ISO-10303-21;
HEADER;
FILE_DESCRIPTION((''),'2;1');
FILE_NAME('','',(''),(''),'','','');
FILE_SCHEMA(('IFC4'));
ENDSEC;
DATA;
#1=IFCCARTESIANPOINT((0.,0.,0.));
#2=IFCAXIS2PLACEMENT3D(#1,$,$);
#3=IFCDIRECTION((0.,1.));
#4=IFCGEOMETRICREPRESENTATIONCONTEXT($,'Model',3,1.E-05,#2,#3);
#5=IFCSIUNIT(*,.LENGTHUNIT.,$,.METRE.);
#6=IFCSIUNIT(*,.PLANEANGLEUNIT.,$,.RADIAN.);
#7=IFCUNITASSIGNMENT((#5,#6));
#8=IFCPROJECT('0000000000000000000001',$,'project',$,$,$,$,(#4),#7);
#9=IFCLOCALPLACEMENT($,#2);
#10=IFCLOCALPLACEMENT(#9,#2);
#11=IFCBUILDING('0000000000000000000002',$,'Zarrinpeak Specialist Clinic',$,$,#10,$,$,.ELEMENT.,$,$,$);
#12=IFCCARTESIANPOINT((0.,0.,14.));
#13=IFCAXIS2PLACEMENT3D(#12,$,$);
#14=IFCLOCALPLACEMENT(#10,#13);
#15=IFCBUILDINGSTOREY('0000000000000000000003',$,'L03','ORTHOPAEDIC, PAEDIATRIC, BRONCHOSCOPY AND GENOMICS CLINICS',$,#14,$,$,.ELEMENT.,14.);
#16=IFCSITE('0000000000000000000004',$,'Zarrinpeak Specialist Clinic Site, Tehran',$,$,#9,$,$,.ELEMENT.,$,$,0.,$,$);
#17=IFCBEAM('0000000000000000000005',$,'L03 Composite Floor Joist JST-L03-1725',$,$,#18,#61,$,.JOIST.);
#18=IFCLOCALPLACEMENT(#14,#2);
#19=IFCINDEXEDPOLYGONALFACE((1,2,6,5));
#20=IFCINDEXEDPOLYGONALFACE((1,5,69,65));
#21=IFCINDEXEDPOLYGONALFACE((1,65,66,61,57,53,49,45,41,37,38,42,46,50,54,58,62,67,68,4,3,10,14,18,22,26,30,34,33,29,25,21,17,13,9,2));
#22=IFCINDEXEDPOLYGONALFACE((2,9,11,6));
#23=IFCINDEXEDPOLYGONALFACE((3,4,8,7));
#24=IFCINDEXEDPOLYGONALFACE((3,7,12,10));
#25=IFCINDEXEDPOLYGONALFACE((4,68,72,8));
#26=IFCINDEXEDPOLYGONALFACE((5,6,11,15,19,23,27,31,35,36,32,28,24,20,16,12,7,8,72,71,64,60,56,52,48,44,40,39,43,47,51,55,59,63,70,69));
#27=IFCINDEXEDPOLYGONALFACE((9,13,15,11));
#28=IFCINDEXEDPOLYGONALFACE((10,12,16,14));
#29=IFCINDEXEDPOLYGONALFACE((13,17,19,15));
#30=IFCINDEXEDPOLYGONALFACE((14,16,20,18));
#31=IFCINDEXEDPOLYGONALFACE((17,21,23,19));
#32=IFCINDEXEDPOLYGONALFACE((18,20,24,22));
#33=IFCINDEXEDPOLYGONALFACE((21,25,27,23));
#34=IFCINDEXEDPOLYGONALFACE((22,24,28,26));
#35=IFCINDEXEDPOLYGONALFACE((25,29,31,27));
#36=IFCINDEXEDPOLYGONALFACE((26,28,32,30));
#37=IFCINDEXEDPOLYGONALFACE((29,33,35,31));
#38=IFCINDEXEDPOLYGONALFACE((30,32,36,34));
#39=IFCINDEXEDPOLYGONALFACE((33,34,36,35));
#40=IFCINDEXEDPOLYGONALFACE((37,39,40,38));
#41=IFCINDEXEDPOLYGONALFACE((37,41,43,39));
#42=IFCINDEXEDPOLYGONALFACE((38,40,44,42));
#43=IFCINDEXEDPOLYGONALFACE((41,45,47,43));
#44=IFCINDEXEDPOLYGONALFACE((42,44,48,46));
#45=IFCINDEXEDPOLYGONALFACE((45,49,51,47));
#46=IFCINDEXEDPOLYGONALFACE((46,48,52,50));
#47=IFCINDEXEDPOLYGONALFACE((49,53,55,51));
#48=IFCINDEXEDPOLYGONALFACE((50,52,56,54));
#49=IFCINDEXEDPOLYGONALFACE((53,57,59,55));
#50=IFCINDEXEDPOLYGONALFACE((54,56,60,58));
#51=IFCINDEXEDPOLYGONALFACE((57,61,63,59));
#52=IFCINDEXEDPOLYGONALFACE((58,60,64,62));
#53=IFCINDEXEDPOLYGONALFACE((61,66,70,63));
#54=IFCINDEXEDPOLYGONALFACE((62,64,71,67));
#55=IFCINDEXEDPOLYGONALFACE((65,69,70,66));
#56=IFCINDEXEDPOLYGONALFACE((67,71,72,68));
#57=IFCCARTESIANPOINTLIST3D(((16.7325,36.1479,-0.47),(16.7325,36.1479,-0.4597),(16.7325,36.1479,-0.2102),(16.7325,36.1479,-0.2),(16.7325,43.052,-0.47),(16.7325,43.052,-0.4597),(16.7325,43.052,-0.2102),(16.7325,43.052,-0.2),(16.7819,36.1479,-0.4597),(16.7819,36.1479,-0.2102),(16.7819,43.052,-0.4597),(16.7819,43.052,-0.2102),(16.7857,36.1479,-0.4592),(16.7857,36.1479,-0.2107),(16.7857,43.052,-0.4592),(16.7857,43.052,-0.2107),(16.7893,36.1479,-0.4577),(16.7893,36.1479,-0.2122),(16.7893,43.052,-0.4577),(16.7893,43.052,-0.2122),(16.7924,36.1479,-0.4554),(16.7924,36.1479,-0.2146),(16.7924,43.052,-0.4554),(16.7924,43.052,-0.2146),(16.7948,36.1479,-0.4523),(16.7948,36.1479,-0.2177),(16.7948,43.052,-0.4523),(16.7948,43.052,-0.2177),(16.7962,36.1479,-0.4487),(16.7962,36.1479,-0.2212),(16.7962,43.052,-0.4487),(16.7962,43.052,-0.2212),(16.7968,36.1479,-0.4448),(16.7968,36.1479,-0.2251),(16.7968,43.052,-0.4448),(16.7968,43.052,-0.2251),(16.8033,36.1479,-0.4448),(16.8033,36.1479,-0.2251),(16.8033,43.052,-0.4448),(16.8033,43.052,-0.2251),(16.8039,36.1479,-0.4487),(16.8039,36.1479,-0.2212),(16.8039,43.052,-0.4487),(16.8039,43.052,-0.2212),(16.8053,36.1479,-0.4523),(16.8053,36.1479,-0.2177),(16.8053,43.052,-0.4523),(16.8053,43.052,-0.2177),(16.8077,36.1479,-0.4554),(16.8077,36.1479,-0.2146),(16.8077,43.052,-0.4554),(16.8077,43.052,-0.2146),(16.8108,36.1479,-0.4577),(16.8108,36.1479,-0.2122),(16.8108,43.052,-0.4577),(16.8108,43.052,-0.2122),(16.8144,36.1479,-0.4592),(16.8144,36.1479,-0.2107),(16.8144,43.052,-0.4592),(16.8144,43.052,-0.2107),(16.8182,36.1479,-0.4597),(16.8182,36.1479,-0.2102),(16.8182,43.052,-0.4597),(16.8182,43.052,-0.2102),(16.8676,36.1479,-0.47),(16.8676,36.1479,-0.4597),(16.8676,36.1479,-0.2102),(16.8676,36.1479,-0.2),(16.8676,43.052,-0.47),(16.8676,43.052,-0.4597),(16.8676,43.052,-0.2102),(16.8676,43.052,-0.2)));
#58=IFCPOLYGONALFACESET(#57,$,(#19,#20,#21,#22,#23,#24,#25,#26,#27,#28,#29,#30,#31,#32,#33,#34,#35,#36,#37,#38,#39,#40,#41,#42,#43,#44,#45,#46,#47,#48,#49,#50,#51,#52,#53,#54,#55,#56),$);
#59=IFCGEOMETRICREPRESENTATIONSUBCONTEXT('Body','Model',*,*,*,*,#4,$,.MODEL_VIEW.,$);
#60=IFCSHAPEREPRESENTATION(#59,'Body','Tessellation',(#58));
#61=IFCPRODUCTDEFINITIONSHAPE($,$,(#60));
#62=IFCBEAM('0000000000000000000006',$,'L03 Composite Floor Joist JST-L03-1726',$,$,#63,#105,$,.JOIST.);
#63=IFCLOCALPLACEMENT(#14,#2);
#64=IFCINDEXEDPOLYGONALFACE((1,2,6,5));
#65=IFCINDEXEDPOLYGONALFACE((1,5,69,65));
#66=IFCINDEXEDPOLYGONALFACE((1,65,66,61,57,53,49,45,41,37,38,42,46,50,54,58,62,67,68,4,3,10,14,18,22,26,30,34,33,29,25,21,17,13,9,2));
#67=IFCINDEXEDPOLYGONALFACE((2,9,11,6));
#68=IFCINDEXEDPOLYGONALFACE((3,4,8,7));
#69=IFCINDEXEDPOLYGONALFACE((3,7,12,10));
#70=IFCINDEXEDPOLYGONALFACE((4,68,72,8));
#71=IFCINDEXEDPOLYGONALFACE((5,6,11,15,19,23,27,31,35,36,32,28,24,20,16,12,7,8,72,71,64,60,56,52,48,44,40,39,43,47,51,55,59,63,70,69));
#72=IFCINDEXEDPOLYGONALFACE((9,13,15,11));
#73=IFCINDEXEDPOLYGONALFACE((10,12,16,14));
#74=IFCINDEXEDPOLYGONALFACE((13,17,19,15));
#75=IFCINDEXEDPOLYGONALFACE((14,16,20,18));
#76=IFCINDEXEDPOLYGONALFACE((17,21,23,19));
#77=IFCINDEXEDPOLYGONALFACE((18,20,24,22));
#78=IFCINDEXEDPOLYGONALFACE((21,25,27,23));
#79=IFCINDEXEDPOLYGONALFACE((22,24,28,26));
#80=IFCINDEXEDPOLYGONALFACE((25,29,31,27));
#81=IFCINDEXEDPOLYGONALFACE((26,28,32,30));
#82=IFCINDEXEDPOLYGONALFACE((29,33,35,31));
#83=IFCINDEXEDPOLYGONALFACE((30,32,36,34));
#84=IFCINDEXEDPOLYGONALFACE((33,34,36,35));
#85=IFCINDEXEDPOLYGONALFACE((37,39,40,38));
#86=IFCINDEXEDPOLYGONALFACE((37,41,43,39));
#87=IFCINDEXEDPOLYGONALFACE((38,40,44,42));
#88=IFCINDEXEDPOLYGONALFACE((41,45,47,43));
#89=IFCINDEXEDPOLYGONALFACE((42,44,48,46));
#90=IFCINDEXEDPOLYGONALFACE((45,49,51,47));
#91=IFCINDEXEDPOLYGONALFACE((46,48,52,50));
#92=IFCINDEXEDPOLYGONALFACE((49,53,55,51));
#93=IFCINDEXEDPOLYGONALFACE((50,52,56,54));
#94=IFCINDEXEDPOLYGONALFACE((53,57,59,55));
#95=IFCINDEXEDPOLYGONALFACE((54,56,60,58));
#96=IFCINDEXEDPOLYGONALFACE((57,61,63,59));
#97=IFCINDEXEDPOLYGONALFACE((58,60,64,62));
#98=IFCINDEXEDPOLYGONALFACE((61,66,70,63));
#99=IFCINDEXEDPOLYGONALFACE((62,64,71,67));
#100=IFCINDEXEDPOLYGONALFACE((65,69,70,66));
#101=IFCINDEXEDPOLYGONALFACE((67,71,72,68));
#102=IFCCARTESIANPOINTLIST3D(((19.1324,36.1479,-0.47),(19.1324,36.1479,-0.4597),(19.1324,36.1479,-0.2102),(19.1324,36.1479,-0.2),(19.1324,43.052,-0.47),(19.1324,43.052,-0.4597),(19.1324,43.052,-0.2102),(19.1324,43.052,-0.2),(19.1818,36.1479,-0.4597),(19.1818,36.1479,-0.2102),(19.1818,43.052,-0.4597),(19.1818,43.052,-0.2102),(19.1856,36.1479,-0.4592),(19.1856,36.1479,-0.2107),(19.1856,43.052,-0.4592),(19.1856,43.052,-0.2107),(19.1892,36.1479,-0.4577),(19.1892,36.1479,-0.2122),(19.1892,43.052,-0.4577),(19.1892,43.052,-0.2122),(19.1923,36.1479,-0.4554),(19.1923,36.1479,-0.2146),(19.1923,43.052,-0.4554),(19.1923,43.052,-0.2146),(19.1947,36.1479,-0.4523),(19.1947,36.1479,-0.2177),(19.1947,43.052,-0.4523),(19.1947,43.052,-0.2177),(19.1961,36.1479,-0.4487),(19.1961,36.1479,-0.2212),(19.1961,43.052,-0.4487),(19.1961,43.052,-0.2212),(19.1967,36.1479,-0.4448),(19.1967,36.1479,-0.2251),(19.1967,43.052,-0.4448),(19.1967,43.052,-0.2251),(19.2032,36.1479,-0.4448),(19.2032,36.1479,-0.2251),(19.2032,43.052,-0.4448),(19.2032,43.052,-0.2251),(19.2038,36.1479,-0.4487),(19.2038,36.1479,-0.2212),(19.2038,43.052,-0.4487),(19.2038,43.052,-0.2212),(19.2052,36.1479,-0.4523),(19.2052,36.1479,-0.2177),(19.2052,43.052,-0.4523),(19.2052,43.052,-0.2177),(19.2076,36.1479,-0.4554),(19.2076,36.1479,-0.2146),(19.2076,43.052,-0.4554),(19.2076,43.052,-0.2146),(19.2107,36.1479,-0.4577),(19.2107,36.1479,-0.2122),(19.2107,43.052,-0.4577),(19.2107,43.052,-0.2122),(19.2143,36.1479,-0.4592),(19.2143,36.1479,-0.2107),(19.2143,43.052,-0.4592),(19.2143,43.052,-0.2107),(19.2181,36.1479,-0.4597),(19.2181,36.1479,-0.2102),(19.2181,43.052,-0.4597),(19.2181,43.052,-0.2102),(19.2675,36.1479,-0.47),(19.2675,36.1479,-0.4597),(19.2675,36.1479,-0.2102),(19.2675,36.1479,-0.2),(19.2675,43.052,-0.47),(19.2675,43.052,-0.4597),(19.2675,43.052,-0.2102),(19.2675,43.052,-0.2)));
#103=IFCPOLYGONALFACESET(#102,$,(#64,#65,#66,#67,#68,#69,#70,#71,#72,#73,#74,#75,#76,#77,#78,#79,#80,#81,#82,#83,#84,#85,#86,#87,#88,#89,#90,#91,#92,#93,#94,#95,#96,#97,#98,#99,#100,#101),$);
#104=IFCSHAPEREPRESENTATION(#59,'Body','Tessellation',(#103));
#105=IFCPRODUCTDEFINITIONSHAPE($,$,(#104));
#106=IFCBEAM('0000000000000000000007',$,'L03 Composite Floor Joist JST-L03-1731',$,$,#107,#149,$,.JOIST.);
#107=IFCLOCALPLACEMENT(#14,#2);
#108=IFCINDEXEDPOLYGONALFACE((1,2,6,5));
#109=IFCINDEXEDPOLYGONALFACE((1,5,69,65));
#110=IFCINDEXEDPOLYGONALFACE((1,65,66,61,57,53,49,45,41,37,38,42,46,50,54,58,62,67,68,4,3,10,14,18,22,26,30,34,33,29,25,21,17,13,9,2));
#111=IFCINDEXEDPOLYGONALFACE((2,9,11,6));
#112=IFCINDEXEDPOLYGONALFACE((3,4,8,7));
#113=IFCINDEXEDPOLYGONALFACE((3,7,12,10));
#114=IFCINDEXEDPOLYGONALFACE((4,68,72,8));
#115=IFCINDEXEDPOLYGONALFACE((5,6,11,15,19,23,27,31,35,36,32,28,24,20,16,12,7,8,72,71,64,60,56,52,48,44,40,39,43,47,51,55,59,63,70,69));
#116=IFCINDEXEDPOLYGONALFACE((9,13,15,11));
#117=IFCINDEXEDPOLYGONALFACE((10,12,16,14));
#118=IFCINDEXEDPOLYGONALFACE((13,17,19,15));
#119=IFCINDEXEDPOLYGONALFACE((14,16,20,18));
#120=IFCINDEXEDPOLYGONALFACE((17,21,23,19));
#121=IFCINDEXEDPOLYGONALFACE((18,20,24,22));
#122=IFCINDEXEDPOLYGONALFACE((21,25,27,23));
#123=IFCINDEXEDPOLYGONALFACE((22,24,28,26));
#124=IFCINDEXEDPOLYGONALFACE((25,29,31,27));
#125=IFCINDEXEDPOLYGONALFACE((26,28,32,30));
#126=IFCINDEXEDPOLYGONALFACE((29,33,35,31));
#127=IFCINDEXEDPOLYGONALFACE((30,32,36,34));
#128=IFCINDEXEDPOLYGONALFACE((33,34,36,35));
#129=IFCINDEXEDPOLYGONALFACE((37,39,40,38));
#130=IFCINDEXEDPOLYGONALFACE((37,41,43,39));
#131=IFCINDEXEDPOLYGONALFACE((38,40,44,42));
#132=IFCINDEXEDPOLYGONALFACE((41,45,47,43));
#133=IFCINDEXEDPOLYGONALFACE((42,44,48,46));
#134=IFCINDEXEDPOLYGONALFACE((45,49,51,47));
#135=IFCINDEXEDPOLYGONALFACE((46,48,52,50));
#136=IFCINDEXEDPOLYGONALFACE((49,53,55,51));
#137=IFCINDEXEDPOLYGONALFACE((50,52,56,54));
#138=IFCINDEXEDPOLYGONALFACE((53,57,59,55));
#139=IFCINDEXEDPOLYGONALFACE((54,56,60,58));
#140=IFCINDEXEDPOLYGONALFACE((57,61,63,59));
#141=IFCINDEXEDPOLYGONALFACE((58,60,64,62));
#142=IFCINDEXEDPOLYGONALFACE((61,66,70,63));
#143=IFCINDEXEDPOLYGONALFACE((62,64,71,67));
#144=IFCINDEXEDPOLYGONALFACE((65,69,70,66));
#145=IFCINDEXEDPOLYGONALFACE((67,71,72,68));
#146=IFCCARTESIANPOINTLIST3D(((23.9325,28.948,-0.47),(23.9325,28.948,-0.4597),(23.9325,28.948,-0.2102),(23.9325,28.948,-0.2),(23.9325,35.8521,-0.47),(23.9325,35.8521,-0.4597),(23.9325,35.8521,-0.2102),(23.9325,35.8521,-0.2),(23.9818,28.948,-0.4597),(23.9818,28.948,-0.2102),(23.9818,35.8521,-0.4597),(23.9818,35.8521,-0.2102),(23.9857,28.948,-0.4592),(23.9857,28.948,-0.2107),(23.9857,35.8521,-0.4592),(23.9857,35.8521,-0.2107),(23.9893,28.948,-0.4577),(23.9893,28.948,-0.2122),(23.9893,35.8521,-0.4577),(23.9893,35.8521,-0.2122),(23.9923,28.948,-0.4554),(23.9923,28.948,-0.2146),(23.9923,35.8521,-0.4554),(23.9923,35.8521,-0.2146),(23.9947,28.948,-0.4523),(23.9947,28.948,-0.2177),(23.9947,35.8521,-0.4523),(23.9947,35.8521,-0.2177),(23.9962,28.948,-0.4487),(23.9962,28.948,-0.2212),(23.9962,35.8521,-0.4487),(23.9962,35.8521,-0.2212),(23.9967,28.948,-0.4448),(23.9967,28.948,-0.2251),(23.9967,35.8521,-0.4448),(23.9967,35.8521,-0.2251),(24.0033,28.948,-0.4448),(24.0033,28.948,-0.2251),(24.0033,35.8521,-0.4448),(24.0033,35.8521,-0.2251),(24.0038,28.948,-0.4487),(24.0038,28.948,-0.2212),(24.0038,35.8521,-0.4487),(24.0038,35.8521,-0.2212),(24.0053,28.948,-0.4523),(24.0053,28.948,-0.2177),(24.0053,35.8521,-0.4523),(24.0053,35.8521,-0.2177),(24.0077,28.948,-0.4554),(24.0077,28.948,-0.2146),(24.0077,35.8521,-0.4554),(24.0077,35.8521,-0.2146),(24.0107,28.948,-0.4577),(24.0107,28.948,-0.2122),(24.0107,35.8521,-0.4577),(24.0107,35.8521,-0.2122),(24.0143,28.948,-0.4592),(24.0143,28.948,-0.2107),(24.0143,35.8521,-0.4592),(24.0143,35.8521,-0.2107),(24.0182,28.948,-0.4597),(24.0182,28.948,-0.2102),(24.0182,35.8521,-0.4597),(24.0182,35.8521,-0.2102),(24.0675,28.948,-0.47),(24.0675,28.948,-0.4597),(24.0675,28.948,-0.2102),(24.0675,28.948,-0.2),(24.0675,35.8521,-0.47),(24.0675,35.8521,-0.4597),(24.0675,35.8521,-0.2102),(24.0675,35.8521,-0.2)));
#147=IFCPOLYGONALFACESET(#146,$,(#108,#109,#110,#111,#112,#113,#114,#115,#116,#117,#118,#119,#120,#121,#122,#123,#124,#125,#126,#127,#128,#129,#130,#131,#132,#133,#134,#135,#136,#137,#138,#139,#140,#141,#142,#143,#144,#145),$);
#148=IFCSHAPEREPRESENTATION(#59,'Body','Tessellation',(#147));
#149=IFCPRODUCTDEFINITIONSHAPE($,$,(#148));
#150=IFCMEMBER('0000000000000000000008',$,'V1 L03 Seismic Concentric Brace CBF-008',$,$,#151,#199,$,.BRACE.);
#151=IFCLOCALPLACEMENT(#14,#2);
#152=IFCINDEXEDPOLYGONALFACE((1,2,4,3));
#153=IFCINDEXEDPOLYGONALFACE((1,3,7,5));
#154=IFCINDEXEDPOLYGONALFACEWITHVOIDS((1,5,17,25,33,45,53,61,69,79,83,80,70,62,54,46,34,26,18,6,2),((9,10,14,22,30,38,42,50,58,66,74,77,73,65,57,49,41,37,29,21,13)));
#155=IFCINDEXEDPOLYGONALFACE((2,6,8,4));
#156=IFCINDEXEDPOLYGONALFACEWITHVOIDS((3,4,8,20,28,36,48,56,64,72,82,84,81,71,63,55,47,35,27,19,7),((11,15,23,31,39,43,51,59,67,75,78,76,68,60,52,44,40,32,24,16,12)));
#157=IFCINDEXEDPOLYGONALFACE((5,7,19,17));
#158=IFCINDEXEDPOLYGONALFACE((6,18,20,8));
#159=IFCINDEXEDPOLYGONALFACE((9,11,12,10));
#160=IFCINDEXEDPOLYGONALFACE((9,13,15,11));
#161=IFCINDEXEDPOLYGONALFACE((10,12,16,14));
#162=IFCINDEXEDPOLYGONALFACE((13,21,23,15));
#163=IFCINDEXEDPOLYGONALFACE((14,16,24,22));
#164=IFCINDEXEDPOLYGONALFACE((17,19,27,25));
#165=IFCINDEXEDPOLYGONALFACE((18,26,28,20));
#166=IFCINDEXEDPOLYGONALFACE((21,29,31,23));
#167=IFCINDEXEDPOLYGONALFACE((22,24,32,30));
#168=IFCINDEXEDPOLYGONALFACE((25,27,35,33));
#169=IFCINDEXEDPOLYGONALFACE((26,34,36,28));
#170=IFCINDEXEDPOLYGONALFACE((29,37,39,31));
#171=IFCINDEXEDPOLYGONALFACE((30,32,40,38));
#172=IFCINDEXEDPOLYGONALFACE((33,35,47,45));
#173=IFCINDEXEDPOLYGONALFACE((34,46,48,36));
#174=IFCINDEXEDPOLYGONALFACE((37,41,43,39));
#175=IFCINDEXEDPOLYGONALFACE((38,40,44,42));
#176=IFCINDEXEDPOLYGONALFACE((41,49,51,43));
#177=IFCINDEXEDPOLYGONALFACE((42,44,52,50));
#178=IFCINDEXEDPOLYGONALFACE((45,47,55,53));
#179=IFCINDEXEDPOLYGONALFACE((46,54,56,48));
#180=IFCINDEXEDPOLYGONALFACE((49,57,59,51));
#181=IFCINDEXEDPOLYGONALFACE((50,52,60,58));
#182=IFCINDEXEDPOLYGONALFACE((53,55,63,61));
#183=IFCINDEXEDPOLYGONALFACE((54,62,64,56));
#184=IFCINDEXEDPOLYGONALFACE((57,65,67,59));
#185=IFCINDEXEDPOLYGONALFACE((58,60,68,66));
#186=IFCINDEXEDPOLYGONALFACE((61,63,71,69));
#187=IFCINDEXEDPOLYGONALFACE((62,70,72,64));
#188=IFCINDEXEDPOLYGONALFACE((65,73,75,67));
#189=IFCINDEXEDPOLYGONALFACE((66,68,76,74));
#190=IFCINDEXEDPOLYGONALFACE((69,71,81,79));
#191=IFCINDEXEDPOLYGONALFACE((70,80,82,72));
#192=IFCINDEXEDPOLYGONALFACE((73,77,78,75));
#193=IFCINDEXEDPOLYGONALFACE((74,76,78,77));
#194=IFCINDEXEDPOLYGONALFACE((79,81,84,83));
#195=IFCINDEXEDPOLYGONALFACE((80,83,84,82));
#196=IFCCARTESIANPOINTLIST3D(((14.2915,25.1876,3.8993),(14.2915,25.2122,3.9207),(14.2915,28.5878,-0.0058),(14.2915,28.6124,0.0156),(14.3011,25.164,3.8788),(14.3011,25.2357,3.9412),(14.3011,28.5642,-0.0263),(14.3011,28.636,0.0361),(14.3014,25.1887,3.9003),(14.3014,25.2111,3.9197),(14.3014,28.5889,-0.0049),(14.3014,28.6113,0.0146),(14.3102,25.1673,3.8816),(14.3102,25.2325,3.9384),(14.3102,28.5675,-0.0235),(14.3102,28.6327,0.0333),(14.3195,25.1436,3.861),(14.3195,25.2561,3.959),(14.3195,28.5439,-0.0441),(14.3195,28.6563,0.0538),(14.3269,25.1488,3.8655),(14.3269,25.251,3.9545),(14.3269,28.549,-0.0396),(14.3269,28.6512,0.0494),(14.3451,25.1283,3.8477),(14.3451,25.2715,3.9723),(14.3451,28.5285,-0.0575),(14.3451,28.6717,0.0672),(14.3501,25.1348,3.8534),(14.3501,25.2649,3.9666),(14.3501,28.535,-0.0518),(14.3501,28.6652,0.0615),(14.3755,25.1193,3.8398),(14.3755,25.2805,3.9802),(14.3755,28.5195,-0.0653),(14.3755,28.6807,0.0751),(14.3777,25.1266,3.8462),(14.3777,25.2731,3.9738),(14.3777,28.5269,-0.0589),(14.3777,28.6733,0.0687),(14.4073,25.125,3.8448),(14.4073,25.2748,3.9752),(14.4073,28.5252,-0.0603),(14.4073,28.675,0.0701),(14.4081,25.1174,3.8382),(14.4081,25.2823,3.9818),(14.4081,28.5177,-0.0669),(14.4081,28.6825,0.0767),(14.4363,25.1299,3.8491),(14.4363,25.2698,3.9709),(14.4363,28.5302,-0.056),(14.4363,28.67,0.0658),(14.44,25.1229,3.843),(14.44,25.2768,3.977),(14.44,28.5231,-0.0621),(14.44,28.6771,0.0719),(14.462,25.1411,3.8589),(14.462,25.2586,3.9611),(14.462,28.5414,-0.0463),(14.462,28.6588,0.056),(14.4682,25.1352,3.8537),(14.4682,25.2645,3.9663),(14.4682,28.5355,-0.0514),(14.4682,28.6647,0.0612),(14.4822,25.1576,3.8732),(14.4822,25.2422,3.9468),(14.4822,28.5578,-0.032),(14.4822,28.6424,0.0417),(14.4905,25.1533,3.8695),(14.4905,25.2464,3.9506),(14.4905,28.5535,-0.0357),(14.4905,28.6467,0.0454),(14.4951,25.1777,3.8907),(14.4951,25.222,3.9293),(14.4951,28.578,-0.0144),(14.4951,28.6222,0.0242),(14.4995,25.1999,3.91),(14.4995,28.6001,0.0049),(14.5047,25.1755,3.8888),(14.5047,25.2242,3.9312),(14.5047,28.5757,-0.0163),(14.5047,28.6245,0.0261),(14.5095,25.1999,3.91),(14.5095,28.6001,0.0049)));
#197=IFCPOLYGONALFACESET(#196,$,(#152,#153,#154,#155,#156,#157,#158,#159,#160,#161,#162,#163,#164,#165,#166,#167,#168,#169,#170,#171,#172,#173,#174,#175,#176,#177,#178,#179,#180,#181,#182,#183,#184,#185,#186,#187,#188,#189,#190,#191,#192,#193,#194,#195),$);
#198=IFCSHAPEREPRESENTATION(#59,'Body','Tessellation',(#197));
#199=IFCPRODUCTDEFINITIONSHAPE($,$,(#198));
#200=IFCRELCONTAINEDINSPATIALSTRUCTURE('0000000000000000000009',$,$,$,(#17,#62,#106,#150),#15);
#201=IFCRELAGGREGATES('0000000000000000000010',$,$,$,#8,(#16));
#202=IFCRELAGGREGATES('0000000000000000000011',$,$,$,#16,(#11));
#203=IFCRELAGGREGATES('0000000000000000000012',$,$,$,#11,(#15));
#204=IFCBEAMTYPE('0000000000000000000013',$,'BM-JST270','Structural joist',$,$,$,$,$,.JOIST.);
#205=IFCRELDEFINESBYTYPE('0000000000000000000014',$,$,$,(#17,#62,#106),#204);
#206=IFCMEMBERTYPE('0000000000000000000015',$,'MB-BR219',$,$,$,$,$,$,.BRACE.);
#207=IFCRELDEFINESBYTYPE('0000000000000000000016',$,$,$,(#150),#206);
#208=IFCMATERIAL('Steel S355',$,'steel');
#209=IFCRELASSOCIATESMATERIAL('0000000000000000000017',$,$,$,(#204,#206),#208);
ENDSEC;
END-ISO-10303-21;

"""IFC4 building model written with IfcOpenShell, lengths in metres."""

from ifc_helpers import new_model, si_unit, direction, frame, origin, origin_2d, place, context, subcontext, project, spatial, hollow_circle, i_section, extrude, material, material_profile, profile_set, type_object, element, save


model = new_model("IFC4")

# Units and contexts
model_context = context("Model", 3, precision=1e-05, world=origin(), true_north=direction((0.0, 1.0)))
body_context = subcontext(model_context, "Body", "Model", "MODEL_VIEW")
ifc_project = project(units=[si_unit("LENGTHUNIT", "METRE"), si_unit("PLANEANGLEUNIT", "RADIAN")], contexts=[model_context])

# Site, building, storey
site_placement = place(None, origin())
site = spatial("IfcSite", under=ifc_project, at=site_placement, Name="Zarrinpeak Specialist Clinic Site, Tehran", CompositionType="ELEMENT", RefElevation=0.0)
building_placement = place(site_placement, origin())
building = spatial("IfcBuilding", under=site, at=building_placement, Name="Zarrinpeak Specialist Clinic", CompositionType="ELEMENT")
storey_placement = place(building_placement, frame((0.0, 0.0, 14.0)))
storey = spatial("IfcBuildingStorey", under=building, at=storey_placement, Name="L03", Description="ORTHOPAEDIC, PAEDIATRIC, BRONCHOSCOPY AND GENOMICS CLINICS", CompositionType="ELEMENT", Elevation=14.0)

# Shared definitions
ifc_material_1 = material(Name="Steel S355", Category="steel")

# Beams
ifc_material_profile_1 = material_profile(ifc_material_1, i_section(OverallWidth=0.135, OverallDepth=0.27, WebThickness=0.0066, FlangeThickness=0.0103, FilletRadius=0.0149, at=origin_2d()), Name="IPE 270")
ifc_profile_set_1 = profile_set([ifc_material_profile_1], Name="Steel S355")
beam_type_1 = type_object("IfcBeamType", Name="BM-JST270", Description="Structural joist", PredefinedType="JOIST", material=ifc_profile_set_1)
for number, where, z_axis, x_axis, name in (
    (1, (16.8, 36.1479, -0.335), (0.0, 1.0, 0.0), (-1.0, 0.0, 0.0), "L03 Composite Floor Joist JST-L03-1725"),
    (2, (19.2, 36.1479, -0.335), (0.0, 1.0, 0.0), (-1.0, 0.0, 0.0), "L03 Composite Floor Joist JST-L03-1726"),
    (3, (24.0, 28.948, -0.335), (0.0, 1.0, 0.0), (-1.0, 0.0, 0.0), "L03 Composite Floor Joist JST-L03-1731"),
):
    element("IfcBeam", number, at=place(storey_placement, frame(where, z_axis=z_axis, x_axis=x_axis)), inside=storey, type_object=beam_type_1, Name=name, PredefinedType="JOIST", context=body_context, shape_type="SweptSolid", body=[
        extrude(i_section(OverallWidth=0.135, OverallDepth=0.27, WebThickness=0.0066, FlangeThickness=0.0103, FilletRadius=0.0149, at=origin_2d()), origin(), (0.0, 0.0, 1.0), 6.9041),
    ])

# Member
ifc_material_profile_2 = material_profile(ifc_material_1, hollow_circle(Radius=0.1096, WallThickness=0.01, at=origin_2d()), Name="CHS 219.1x10.0")
ifc_profile_set_2 = profile_set([ifc_material_profile_2], Name="Steel S355")
member_type = type_object("IfcMemberType", Name="MB-BR219", PredefinedType="BRACE", material=ifc_profile_set_2)
member_placement = place(storey_placement, frame((14.3999, 28.6001, 0.0049), z_axis=(0.0, -0.65667, 0.754178), x_axis=(1.0, 0.0, 0.0)))
element("IfcMember", 4, at=member_placement, inside=storey, type_object=member_type, Name="V1 L03 Seismic Concentric Brace CBF-008", PredefinedType="BRACE", context=body_context, shape_type="SweptSolid", body=[
    extrude(hollow_circle(Radius=0.1096, WallThickness=0.01, at=origin_2d()), origin(), (0.0, 0.0, 1.0), 5.178),
])

save(model, "model.ifc")
